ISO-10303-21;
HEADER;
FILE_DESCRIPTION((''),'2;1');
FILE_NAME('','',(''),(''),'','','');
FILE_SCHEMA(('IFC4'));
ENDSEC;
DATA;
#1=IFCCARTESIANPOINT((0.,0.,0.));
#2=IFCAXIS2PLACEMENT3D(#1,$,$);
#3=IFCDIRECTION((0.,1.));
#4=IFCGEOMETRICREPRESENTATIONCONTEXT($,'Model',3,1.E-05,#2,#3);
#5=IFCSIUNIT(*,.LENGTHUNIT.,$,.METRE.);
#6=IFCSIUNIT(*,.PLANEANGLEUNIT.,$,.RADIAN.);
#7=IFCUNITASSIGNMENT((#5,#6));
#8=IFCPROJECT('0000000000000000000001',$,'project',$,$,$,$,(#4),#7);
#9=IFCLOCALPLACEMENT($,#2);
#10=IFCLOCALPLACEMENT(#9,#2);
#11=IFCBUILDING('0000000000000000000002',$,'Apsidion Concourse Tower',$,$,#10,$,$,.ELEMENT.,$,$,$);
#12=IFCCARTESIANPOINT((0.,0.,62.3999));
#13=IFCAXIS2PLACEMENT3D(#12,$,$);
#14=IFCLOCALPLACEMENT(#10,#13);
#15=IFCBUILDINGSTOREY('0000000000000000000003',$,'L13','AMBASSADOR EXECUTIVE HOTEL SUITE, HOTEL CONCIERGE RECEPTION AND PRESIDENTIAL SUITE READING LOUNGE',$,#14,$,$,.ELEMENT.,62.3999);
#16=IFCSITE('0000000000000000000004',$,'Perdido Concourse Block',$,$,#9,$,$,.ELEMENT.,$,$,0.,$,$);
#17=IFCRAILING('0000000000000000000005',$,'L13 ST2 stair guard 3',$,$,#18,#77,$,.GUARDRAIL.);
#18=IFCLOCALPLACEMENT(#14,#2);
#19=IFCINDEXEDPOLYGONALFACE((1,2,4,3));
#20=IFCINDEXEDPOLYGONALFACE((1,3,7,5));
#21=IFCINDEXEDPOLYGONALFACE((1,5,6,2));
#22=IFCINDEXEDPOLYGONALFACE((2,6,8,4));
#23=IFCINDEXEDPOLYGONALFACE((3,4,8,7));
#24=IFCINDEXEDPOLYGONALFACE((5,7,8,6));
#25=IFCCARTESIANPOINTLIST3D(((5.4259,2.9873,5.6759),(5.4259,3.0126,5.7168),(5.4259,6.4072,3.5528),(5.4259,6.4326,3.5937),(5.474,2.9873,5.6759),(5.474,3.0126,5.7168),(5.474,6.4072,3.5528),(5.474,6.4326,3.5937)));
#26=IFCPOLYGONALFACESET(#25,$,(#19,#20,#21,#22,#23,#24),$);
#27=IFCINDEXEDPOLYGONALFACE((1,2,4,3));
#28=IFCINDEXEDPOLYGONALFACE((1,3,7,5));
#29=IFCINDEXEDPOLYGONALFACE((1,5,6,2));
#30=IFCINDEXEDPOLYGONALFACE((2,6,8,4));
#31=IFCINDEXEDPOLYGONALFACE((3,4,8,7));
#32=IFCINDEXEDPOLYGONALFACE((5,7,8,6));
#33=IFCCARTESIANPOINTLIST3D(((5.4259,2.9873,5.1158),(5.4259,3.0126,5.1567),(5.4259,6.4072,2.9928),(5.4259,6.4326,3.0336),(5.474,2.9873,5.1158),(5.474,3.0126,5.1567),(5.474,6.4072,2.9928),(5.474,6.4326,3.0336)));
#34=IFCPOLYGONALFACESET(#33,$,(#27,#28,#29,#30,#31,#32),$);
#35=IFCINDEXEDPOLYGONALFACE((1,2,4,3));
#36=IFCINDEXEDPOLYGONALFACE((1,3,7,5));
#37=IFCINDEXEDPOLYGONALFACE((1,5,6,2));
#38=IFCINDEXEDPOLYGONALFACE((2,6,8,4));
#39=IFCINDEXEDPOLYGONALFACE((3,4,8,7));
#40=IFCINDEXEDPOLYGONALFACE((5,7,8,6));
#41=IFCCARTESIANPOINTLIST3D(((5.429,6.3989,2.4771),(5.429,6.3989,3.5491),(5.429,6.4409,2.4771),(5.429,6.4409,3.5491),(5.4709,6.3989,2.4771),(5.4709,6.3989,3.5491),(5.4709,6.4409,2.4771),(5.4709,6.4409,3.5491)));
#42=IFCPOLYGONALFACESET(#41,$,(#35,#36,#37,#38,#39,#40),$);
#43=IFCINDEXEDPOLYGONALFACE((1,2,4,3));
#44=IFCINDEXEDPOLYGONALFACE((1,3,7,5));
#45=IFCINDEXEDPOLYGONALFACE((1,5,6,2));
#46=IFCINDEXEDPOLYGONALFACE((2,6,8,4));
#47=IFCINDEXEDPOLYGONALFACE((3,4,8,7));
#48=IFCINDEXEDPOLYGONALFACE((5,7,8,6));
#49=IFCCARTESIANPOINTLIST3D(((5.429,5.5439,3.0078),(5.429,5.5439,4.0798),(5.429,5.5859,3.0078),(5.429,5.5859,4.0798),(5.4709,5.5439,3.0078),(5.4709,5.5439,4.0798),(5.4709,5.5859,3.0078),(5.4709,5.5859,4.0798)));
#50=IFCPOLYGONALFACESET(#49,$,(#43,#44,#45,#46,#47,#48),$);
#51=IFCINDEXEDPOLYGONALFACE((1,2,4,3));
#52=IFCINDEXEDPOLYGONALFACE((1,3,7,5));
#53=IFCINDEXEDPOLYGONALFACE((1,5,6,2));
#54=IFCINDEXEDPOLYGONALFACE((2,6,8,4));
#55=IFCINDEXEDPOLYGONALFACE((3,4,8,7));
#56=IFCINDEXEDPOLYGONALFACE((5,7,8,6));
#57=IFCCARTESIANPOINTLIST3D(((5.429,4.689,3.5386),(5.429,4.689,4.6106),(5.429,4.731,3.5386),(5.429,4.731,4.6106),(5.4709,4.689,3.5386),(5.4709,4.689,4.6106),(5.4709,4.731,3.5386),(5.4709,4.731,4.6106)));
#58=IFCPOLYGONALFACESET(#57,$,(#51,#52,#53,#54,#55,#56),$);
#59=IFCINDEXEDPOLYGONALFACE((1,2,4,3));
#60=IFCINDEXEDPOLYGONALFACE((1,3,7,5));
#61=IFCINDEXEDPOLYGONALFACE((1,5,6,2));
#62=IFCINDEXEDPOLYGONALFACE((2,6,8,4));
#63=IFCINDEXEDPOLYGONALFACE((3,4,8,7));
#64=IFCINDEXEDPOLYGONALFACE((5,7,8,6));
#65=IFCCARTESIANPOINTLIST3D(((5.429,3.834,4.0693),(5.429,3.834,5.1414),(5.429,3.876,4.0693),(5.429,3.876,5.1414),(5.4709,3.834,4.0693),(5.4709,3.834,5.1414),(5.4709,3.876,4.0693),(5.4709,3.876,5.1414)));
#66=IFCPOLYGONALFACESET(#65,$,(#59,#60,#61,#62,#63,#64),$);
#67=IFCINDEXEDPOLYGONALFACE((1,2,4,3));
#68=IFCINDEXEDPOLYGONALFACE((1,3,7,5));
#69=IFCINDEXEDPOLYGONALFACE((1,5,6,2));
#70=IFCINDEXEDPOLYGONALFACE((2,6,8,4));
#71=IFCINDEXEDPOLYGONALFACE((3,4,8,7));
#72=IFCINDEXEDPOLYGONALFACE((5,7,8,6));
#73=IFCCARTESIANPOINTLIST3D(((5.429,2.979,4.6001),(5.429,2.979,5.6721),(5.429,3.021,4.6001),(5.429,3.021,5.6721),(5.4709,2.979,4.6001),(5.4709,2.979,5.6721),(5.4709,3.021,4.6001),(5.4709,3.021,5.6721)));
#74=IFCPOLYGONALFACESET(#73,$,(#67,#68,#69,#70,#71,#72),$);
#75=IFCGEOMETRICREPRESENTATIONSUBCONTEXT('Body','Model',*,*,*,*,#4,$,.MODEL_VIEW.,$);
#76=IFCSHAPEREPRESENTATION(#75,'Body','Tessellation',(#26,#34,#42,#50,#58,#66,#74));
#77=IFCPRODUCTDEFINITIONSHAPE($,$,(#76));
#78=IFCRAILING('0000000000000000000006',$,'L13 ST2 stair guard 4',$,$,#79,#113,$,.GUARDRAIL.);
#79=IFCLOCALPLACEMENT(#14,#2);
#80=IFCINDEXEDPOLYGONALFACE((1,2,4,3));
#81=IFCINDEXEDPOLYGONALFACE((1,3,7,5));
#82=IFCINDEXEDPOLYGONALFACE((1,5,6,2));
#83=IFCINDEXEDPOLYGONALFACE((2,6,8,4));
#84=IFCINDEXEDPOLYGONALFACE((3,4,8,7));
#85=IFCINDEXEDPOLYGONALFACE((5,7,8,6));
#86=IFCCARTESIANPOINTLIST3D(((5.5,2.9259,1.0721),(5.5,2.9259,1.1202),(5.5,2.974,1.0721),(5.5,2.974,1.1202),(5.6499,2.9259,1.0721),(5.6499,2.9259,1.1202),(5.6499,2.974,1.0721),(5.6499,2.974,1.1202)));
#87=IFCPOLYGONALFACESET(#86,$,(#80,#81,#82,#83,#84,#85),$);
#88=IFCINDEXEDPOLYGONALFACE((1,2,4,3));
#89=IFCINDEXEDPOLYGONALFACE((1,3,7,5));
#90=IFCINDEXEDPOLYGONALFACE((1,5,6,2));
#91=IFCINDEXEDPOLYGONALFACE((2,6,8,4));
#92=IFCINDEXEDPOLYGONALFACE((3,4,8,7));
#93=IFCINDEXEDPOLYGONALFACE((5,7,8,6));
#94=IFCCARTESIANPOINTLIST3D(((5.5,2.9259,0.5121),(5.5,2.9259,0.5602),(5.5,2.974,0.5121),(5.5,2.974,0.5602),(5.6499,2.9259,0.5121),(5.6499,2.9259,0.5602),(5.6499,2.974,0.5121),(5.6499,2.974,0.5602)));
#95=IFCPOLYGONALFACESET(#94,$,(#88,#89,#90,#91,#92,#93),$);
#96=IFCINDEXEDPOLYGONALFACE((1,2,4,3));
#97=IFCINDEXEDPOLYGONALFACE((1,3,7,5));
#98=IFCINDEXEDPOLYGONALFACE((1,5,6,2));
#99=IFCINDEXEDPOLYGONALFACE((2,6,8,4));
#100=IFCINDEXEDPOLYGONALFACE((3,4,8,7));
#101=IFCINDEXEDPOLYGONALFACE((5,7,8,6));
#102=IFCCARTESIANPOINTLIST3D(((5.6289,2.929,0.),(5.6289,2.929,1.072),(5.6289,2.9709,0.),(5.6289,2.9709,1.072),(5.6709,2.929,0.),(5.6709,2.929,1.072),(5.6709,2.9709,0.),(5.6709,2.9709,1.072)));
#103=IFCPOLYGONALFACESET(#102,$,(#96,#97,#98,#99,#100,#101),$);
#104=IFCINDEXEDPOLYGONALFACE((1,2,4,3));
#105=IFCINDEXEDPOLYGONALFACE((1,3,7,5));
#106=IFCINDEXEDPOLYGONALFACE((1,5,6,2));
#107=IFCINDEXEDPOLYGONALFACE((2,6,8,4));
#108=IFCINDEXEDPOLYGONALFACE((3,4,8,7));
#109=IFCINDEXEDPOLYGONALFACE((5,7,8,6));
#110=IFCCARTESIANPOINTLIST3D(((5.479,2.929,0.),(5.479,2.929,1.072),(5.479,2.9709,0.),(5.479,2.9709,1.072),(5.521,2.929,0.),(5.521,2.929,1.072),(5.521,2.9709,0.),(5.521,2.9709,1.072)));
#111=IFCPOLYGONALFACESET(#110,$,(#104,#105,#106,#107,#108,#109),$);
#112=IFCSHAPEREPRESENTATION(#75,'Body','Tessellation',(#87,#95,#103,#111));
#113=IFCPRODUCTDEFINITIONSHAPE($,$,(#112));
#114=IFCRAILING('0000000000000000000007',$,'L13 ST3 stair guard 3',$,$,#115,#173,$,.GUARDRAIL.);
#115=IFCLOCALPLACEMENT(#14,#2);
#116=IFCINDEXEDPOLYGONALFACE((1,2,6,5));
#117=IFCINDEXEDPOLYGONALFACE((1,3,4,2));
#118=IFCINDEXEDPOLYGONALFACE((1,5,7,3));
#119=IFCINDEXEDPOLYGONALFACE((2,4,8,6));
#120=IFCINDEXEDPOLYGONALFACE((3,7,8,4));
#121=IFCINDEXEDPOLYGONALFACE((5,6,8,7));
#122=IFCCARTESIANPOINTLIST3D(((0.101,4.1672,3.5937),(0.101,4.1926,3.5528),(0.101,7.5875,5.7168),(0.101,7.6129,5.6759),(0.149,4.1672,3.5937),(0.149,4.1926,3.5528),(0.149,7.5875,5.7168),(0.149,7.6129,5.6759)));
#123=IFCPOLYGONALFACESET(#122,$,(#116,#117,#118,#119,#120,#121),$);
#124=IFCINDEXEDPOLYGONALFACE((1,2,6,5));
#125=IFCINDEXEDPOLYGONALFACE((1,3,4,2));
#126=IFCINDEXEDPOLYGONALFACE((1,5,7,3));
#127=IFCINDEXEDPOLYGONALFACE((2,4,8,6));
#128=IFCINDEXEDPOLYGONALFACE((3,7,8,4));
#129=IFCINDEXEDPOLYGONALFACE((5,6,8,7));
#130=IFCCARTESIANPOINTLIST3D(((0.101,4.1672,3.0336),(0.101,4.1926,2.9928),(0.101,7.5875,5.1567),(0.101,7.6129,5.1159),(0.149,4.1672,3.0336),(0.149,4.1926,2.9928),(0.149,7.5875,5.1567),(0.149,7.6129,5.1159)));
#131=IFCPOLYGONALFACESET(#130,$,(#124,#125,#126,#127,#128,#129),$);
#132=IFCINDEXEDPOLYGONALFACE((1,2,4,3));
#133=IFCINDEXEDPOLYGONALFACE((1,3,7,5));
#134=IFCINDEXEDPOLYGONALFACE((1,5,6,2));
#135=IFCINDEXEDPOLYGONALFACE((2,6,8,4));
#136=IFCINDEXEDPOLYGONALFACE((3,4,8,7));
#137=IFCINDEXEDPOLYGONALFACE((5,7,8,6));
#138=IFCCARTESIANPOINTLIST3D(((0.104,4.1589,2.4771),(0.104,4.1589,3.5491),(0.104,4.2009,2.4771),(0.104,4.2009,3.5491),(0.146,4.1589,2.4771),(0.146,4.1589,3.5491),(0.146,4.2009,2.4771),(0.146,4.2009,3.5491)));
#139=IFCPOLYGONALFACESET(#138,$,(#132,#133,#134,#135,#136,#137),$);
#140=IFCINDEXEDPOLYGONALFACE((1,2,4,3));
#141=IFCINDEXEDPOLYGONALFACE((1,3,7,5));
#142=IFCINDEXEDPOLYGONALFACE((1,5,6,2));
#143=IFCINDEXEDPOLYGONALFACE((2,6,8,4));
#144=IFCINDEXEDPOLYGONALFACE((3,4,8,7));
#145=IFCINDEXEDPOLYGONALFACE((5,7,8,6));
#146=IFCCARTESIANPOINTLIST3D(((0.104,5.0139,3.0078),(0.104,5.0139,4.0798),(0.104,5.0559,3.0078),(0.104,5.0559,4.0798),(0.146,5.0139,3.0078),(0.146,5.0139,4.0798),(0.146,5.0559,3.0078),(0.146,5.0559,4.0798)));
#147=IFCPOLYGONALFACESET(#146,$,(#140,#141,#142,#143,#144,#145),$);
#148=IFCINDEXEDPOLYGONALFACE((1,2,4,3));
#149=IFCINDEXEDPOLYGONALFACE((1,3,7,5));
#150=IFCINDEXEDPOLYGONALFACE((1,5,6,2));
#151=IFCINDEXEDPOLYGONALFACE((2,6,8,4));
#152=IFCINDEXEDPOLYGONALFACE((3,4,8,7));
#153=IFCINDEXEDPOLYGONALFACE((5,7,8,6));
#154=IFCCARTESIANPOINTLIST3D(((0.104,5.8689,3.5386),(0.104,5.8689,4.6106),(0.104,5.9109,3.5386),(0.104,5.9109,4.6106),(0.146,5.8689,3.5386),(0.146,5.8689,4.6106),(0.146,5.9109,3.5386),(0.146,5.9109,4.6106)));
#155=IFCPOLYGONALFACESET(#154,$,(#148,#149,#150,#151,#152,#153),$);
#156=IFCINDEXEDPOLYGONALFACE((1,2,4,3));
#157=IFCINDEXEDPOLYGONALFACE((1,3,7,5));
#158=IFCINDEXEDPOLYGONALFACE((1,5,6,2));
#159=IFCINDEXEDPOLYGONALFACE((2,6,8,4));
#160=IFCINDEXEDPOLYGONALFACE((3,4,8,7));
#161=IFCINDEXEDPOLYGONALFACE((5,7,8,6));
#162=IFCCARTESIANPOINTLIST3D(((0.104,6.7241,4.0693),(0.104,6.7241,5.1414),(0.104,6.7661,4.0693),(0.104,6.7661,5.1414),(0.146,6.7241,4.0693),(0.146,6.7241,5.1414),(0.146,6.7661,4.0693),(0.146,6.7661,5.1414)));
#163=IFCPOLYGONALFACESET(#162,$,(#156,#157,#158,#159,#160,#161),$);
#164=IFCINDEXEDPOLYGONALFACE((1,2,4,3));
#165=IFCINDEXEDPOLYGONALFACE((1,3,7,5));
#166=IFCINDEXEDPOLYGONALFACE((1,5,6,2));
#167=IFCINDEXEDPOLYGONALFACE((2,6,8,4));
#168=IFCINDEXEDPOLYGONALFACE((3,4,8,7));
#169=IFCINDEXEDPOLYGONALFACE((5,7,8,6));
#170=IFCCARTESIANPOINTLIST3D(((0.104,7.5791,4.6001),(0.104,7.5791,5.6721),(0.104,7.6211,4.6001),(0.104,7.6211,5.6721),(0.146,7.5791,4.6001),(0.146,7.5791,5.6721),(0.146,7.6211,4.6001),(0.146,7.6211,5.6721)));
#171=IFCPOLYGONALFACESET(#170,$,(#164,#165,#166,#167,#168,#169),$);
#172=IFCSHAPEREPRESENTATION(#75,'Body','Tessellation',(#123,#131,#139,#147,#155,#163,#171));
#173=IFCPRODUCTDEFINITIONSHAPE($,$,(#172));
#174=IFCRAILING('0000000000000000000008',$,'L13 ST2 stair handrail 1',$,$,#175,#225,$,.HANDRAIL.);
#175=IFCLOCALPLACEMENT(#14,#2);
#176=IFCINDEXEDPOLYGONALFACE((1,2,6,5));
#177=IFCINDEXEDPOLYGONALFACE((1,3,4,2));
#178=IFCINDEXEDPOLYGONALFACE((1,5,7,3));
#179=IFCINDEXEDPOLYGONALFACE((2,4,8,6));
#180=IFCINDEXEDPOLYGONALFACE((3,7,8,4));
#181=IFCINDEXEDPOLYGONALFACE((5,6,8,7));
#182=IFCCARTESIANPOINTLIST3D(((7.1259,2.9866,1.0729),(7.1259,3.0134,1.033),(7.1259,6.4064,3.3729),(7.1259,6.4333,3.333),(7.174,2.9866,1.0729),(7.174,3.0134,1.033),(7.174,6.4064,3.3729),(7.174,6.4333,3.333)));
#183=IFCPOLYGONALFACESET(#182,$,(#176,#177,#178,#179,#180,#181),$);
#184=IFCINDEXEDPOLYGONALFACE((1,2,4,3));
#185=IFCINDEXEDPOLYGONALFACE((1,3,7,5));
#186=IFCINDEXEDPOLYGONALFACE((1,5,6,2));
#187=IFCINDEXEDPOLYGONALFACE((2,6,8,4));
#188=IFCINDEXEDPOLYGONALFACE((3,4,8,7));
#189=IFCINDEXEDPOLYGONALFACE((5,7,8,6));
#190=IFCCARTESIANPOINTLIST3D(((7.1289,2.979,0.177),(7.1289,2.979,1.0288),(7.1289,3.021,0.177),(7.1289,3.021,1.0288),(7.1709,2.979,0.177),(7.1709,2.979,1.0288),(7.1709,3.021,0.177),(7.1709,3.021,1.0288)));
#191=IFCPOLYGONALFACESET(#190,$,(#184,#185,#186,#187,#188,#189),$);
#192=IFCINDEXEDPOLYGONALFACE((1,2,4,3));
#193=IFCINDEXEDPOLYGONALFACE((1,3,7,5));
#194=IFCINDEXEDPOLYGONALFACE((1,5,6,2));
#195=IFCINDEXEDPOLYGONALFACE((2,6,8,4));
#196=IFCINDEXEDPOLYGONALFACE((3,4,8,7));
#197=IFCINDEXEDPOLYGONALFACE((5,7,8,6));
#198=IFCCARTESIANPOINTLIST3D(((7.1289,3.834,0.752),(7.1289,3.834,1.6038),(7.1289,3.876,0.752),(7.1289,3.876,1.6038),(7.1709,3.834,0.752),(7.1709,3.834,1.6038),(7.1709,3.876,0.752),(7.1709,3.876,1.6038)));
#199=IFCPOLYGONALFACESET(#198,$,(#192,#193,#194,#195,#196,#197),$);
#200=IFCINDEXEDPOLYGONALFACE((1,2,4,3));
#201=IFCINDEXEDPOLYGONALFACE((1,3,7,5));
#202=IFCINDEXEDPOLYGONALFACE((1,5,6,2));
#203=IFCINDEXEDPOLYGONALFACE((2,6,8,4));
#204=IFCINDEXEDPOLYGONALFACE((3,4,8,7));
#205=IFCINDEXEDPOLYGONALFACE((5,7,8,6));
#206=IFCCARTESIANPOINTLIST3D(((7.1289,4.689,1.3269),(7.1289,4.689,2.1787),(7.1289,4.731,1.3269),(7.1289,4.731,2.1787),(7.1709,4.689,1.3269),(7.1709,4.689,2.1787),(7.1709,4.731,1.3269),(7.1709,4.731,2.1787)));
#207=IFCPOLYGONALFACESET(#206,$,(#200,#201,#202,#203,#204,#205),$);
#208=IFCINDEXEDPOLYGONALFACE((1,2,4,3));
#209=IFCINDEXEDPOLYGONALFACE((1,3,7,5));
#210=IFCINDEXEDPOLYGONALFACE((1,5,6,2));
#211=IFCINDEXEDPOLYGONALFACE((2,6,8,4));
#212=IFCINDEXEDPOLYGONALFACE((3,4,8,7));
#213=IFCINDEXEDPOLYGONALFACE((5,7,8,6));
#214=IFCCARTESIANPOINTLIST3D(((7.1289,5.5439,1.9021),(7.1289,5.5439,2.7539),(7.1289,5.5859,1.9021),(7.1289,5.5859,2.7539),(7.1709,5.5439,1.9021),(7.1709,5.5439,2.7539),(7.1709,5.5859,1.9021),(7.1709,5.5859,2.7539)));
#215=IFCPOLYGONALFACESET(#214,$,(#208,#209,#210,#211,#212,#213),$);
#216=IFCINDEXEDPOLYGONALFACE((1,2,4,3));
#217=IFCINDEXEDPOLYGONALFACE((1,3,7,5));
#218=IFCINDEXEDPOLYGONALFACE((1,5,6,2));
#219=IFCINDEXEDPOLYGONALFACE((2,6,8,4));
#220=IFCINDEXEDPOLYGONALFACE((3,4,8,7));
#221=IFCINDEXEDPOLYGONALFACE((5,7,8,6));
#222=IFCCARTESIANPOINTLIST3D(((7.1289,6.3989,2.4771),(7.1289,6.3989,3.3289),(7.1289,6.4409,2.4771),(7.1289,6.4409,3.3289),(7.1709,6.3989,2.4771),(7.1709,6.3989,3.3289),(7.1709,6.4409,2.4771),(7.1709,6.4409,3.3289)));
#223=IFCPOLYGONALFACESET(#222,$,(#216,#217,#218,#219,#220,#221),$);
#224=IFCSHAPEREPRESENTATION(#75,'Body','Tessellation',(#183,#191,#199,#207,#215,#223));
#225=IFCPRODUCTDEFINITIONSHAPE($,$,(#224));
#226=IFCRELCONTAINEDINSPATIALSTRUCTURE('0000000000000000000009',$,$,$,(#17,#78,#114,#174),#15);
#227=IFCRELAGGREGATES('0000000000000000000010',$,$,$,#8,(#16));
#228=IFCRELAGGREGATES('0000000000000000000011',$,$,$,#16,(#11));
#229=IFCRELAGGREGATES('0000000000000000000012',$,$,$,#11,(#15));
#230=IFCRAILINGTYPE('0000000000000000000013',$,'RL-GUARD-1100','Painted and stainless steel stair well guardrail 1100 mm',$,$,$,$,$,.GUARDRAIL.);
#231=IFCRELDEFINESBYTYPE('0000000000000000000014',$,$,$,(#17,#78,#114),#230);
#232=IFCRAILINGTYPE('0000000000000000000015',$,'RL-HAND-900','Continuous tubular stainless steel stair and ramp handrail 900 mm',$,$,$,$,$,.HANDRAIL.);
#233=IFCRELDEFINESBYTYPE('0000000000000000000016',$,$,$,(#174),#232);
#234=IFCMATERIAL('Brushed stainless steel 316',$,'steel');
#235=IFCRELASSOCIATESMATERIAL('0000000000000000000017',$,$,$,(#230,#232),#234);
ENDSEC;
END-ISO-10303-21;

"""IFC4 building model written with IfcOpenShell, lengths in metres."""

from ifc_helpers import new_model, si_unit, direction, frame, origin, origin_2d, place, context, subcontext, project, spatial, rectangle, extrude, material, type_object, element, save


model = new_model("IFC4")

# Units and contexts
model_context = context("Model", 3, precision=1e-05, world=origin(), true_north=direction((0.0, 1.0)))
body_context = subcontext(model_context, "Body", "Model", "MODEL_VIEW")
ifc_project = project(units=[si_unit("LENGTHUNIT", "METRE"), si_unit("PLANEANGLEUNIT", "RADIAN")], contexts=[model_context])

# Site, building, storey
site_placement = place(None, origin())
site = spatial("IfcSite", under=ifc_project, at=site_placement, Name="Perdido Concourse Block", CompositionType="ELEMENT", RefElevation=0.0)
building_placement = place(site_placement, origin())
building = spatial("IfcBuilding", under=site, at=building_placement, Name="Apsidion Concourse Tower", CompositionType="ELEMENT")
storey_placement = place(building_placement, frame((0.0, 0.0, 62.3999)))
storey = spatial("IfcBuildingStorey", under=building, at=storey_placement, Name="L13", Description="AMBASSADOR EXECUTIVE HOTEL SUITE, HOTEL CONCIERGE RECEPTION AND PRESIDENTIAL SUITE READING LOUNGE", CompositionType="ELEMENT", Elevation=62.3999)

# Railings
ifc_material_1 = material(Name="Brushed stainless steel 316", Category="steel")
railing_type_1 = type_object("IfcRailingType", Name="RL-GUARD-1100", Description="Painted and stainless steel stair well guardrail 1100 mm", PredefinedType="GUARDRAIL", material=ifc_material_1)
railing_1_placement = place(storey_placement, frame((5.45, 6.4199, 2.4771)))
element("IfcRailing", 1, at=railing_1_placement, inside=storey, type_object=railing_type_1, Name="L13 ST2 stair guard 3", PredefinedType="GUARDRAIL", context=body_context, shape_type="SweptSolid", body=[
    extrude(rectangle(XDim=0.0481, YDim=0.0481, at=origin_2d()), frame((0.0, 0.0, 1.0962), z_axis=(0.0, -0.849603, 0.527423), x_axis=(1.0, 0.0, 0.0)), (0.0, 0.0, 1.0), 4.0254),
    extrude(rectangle(XDim=0.0481, YDim=0.0481, at=origin_2d()), frame((0.0, 0.0, 0.5361), z_axis=(0.0, -0.849603, 0.527423), x_axis=(1.0, 0.0, 0.0)), (0.0, 0.0, 1.0), 4.0254),
    extrude(rectangle(XDim=0.042, YDim=0.042, at=origin_2d()), origin(), (0.0, 0.0, 1.0), 1.072),
    extrude(rectangle(XDim=0.042, YDim=0.042, at=origin_2d()), frame((0.0, -0.855, 0.5308)), (0.0, 0.0, 1.0), 1.072),
    extrude(rectangle(XDim=0.042, YDim=0.042, at=origin_2d()), frame((0.0, -1.71, 1.0615)), (0.0, 0.0, 1.0), 1.072),
    extrude(rectangle(XDim=0.042, YDim=0.042, at=origin_2d()), frame((0.0, -2.5649, 1.5923)), (0.0, 0.0, 1.0), 1.072),
    extrude(rectangle(XDim=0.042, YDim=0.042, at=origin_2d()), frame((0.0, -3.4199, 2.123)), (0.0, 0.0, 1.0), 1.072),
])
railing_2_placement = place(storey_placement, frame((5.6499, 2.95, 0.0)))
element("IfcRailing", 2, at=railing_2_placement, inside=storey, type_object=railing_type_1, Name="L13 ST2 stair guard 4", PredefinedType="GUARDRAIL", context=body_context, shape_type="SweptSolid", body=[
    extrude(rectangle(XDim=0.0481, YDim=0.0481, at=origin_2d()), frame((0.0, 0.0, 1.0962), z_axis=(-1.0, 0.0, 0.0), x_axis=(0.0, -1.0, 0.0)), (0.0, 0.0, 1.0), 0.1499),
    extrude(rectangle(XDim=0.0481, YDim=0.0481, at=origin_2d()), frame((0.0, 0.0, 0.5361), z_axis=(-1.0, 0.0, 0.0), x_axis=(0.0, -1.0, 0.0)), (0.0, 0.0, 1.0), 0.1499),
    extrude(rectangle(XDim=0.042, YDim=0.042, at=origin_2d()), origin(), (0.0, 0.0, 1.0), 1.072),
    extrude(rectangle(XDim=0.042, YDim=0.042, at=origin_2d()), frame((-0.1499, 0.0, 0.0)), (0.0, 0.0, 1.0), 1.072),
])
railing_3_placement = place(storey_placement, frame((0.125, 4.1799, 2.4771)))
element("IfcRailing", 3, at=railing_3_placement, inside=storey, type_object=railing_type_1, Name="L13 ST3 stair guard 3", PredefinedType="GUARDRAIL", context=body_context, shape_type="SweptSolid", body=[
    extrude(rectangle(XDim=0.0481, YDim=0.0481, at=origin_2d()), frame((0.0, 0.0, 1.0962), z_axis=(0.0, 0.84962, 0.527396), x_axis=(-1.0, 0.0, 0.0)), (0.0, 0.0, 1.0), 4.0256),
    extrude(rectangle(XDim=0.0481, YDim=0.0481, at=origin_2d()), frame((0.0, 0.0, 0.5361), z_axis=(0.0, 0.84962, 0.527396), x_axis=(-1.0, 0.0, 0.0)), (0.0, 0.0, 1.0), 4.0256),
    extrude(rectangle(XDim=0.042, YDim=0.042, at=origin_2d()), origin(), (0.0, 0.0, 1.0), 1.072),
    extrude(rectangle(XDim=0.042, YDim=0.042, at=origin_2d()), frame((0.0, 0.855, 0.5308)), (0.0, 0.0, 1.0), 1.072),
    extrude(rectangle(XDim=0.042, YDim=0.042, at=origin_2d()), frame((0.0, 1.71, 1.0615)), (0.0, 0.0, 1.0), 1.072),
    extrude(rectangle(XDim=0.042, YDim=0.042, at=origin_2d()), frame((0.0, 2.5652, 1.5923)), (0.0, 0.0, 1.0), 1.072),
    extrude(rectangle(XDim=0.042, YDim=0.042, at=origin_2d()), frame((0.0, 3.4202, 2.123)), (0.0, 0.0, 1.0), 1.072),
])
railing_type_2 = type_object("IfcRailingType", Name="RL-HAND-900", Description="Continuous tubular stainless steel stair and ramp handrail 900 mm", PredefinedType="HANDRAIL", material=ifc_material_1)
railing_4_placement = place(storey_placement, frame((7.1499, 3.0, 0.177)))
element("IfcRailing", 4, at=railing_4_placement, inside=storey, type_object=railing_type_2, Name="L13 ST2 stair handrail 1", PredefinedType="HANDRAIL", context=body_context, shape_type="SweptSolid", body=[
    extrude(rectangle(XDim=0.0481, YDim=0.0481, at=origin_2d()), frame((0.0, 0.0, 0.876), z_axis=(0.0, 0.829792, 0.558072), x_axis=(-1.0, 0.0, 0.0)), (0.0, 0.0, 1.0), 4.1213),
    extrude(rectangle(XDim=0.042, YDim=0.042, at=origin_2d()), origin(), (0.0, 0.0, 1.0), 0.8518),
    extrude(rectangle(XDim=0.042, YDim=0.042, at=origin_2d()), frame((0.0, 0.855, 0.575)), (0.0, 0.0, 1.0), 0.8518),
    extrude(rectangle(XDim=0.042, YDim=0.042, at=origin_2d()), frame((0.0, 1.71, 1.1499)), (0.0, 0.0, 1.0), 0.8518),
    extrude(rectangle(XDim=0.042, YDim=0.042, at=origin_2d()), frame((0.0, 2.5649, 1.7251)), (0.0, 0.0, 1.0), 0.8518),
    extrude(rectangle(XDim=0.042, YDim=0.042, at=origin_2d()), frame((0.0, 3.4199, 2.3)), (0.0, 0.0, 1.0), 0.8518),
])

save(model, "model.ifc")
